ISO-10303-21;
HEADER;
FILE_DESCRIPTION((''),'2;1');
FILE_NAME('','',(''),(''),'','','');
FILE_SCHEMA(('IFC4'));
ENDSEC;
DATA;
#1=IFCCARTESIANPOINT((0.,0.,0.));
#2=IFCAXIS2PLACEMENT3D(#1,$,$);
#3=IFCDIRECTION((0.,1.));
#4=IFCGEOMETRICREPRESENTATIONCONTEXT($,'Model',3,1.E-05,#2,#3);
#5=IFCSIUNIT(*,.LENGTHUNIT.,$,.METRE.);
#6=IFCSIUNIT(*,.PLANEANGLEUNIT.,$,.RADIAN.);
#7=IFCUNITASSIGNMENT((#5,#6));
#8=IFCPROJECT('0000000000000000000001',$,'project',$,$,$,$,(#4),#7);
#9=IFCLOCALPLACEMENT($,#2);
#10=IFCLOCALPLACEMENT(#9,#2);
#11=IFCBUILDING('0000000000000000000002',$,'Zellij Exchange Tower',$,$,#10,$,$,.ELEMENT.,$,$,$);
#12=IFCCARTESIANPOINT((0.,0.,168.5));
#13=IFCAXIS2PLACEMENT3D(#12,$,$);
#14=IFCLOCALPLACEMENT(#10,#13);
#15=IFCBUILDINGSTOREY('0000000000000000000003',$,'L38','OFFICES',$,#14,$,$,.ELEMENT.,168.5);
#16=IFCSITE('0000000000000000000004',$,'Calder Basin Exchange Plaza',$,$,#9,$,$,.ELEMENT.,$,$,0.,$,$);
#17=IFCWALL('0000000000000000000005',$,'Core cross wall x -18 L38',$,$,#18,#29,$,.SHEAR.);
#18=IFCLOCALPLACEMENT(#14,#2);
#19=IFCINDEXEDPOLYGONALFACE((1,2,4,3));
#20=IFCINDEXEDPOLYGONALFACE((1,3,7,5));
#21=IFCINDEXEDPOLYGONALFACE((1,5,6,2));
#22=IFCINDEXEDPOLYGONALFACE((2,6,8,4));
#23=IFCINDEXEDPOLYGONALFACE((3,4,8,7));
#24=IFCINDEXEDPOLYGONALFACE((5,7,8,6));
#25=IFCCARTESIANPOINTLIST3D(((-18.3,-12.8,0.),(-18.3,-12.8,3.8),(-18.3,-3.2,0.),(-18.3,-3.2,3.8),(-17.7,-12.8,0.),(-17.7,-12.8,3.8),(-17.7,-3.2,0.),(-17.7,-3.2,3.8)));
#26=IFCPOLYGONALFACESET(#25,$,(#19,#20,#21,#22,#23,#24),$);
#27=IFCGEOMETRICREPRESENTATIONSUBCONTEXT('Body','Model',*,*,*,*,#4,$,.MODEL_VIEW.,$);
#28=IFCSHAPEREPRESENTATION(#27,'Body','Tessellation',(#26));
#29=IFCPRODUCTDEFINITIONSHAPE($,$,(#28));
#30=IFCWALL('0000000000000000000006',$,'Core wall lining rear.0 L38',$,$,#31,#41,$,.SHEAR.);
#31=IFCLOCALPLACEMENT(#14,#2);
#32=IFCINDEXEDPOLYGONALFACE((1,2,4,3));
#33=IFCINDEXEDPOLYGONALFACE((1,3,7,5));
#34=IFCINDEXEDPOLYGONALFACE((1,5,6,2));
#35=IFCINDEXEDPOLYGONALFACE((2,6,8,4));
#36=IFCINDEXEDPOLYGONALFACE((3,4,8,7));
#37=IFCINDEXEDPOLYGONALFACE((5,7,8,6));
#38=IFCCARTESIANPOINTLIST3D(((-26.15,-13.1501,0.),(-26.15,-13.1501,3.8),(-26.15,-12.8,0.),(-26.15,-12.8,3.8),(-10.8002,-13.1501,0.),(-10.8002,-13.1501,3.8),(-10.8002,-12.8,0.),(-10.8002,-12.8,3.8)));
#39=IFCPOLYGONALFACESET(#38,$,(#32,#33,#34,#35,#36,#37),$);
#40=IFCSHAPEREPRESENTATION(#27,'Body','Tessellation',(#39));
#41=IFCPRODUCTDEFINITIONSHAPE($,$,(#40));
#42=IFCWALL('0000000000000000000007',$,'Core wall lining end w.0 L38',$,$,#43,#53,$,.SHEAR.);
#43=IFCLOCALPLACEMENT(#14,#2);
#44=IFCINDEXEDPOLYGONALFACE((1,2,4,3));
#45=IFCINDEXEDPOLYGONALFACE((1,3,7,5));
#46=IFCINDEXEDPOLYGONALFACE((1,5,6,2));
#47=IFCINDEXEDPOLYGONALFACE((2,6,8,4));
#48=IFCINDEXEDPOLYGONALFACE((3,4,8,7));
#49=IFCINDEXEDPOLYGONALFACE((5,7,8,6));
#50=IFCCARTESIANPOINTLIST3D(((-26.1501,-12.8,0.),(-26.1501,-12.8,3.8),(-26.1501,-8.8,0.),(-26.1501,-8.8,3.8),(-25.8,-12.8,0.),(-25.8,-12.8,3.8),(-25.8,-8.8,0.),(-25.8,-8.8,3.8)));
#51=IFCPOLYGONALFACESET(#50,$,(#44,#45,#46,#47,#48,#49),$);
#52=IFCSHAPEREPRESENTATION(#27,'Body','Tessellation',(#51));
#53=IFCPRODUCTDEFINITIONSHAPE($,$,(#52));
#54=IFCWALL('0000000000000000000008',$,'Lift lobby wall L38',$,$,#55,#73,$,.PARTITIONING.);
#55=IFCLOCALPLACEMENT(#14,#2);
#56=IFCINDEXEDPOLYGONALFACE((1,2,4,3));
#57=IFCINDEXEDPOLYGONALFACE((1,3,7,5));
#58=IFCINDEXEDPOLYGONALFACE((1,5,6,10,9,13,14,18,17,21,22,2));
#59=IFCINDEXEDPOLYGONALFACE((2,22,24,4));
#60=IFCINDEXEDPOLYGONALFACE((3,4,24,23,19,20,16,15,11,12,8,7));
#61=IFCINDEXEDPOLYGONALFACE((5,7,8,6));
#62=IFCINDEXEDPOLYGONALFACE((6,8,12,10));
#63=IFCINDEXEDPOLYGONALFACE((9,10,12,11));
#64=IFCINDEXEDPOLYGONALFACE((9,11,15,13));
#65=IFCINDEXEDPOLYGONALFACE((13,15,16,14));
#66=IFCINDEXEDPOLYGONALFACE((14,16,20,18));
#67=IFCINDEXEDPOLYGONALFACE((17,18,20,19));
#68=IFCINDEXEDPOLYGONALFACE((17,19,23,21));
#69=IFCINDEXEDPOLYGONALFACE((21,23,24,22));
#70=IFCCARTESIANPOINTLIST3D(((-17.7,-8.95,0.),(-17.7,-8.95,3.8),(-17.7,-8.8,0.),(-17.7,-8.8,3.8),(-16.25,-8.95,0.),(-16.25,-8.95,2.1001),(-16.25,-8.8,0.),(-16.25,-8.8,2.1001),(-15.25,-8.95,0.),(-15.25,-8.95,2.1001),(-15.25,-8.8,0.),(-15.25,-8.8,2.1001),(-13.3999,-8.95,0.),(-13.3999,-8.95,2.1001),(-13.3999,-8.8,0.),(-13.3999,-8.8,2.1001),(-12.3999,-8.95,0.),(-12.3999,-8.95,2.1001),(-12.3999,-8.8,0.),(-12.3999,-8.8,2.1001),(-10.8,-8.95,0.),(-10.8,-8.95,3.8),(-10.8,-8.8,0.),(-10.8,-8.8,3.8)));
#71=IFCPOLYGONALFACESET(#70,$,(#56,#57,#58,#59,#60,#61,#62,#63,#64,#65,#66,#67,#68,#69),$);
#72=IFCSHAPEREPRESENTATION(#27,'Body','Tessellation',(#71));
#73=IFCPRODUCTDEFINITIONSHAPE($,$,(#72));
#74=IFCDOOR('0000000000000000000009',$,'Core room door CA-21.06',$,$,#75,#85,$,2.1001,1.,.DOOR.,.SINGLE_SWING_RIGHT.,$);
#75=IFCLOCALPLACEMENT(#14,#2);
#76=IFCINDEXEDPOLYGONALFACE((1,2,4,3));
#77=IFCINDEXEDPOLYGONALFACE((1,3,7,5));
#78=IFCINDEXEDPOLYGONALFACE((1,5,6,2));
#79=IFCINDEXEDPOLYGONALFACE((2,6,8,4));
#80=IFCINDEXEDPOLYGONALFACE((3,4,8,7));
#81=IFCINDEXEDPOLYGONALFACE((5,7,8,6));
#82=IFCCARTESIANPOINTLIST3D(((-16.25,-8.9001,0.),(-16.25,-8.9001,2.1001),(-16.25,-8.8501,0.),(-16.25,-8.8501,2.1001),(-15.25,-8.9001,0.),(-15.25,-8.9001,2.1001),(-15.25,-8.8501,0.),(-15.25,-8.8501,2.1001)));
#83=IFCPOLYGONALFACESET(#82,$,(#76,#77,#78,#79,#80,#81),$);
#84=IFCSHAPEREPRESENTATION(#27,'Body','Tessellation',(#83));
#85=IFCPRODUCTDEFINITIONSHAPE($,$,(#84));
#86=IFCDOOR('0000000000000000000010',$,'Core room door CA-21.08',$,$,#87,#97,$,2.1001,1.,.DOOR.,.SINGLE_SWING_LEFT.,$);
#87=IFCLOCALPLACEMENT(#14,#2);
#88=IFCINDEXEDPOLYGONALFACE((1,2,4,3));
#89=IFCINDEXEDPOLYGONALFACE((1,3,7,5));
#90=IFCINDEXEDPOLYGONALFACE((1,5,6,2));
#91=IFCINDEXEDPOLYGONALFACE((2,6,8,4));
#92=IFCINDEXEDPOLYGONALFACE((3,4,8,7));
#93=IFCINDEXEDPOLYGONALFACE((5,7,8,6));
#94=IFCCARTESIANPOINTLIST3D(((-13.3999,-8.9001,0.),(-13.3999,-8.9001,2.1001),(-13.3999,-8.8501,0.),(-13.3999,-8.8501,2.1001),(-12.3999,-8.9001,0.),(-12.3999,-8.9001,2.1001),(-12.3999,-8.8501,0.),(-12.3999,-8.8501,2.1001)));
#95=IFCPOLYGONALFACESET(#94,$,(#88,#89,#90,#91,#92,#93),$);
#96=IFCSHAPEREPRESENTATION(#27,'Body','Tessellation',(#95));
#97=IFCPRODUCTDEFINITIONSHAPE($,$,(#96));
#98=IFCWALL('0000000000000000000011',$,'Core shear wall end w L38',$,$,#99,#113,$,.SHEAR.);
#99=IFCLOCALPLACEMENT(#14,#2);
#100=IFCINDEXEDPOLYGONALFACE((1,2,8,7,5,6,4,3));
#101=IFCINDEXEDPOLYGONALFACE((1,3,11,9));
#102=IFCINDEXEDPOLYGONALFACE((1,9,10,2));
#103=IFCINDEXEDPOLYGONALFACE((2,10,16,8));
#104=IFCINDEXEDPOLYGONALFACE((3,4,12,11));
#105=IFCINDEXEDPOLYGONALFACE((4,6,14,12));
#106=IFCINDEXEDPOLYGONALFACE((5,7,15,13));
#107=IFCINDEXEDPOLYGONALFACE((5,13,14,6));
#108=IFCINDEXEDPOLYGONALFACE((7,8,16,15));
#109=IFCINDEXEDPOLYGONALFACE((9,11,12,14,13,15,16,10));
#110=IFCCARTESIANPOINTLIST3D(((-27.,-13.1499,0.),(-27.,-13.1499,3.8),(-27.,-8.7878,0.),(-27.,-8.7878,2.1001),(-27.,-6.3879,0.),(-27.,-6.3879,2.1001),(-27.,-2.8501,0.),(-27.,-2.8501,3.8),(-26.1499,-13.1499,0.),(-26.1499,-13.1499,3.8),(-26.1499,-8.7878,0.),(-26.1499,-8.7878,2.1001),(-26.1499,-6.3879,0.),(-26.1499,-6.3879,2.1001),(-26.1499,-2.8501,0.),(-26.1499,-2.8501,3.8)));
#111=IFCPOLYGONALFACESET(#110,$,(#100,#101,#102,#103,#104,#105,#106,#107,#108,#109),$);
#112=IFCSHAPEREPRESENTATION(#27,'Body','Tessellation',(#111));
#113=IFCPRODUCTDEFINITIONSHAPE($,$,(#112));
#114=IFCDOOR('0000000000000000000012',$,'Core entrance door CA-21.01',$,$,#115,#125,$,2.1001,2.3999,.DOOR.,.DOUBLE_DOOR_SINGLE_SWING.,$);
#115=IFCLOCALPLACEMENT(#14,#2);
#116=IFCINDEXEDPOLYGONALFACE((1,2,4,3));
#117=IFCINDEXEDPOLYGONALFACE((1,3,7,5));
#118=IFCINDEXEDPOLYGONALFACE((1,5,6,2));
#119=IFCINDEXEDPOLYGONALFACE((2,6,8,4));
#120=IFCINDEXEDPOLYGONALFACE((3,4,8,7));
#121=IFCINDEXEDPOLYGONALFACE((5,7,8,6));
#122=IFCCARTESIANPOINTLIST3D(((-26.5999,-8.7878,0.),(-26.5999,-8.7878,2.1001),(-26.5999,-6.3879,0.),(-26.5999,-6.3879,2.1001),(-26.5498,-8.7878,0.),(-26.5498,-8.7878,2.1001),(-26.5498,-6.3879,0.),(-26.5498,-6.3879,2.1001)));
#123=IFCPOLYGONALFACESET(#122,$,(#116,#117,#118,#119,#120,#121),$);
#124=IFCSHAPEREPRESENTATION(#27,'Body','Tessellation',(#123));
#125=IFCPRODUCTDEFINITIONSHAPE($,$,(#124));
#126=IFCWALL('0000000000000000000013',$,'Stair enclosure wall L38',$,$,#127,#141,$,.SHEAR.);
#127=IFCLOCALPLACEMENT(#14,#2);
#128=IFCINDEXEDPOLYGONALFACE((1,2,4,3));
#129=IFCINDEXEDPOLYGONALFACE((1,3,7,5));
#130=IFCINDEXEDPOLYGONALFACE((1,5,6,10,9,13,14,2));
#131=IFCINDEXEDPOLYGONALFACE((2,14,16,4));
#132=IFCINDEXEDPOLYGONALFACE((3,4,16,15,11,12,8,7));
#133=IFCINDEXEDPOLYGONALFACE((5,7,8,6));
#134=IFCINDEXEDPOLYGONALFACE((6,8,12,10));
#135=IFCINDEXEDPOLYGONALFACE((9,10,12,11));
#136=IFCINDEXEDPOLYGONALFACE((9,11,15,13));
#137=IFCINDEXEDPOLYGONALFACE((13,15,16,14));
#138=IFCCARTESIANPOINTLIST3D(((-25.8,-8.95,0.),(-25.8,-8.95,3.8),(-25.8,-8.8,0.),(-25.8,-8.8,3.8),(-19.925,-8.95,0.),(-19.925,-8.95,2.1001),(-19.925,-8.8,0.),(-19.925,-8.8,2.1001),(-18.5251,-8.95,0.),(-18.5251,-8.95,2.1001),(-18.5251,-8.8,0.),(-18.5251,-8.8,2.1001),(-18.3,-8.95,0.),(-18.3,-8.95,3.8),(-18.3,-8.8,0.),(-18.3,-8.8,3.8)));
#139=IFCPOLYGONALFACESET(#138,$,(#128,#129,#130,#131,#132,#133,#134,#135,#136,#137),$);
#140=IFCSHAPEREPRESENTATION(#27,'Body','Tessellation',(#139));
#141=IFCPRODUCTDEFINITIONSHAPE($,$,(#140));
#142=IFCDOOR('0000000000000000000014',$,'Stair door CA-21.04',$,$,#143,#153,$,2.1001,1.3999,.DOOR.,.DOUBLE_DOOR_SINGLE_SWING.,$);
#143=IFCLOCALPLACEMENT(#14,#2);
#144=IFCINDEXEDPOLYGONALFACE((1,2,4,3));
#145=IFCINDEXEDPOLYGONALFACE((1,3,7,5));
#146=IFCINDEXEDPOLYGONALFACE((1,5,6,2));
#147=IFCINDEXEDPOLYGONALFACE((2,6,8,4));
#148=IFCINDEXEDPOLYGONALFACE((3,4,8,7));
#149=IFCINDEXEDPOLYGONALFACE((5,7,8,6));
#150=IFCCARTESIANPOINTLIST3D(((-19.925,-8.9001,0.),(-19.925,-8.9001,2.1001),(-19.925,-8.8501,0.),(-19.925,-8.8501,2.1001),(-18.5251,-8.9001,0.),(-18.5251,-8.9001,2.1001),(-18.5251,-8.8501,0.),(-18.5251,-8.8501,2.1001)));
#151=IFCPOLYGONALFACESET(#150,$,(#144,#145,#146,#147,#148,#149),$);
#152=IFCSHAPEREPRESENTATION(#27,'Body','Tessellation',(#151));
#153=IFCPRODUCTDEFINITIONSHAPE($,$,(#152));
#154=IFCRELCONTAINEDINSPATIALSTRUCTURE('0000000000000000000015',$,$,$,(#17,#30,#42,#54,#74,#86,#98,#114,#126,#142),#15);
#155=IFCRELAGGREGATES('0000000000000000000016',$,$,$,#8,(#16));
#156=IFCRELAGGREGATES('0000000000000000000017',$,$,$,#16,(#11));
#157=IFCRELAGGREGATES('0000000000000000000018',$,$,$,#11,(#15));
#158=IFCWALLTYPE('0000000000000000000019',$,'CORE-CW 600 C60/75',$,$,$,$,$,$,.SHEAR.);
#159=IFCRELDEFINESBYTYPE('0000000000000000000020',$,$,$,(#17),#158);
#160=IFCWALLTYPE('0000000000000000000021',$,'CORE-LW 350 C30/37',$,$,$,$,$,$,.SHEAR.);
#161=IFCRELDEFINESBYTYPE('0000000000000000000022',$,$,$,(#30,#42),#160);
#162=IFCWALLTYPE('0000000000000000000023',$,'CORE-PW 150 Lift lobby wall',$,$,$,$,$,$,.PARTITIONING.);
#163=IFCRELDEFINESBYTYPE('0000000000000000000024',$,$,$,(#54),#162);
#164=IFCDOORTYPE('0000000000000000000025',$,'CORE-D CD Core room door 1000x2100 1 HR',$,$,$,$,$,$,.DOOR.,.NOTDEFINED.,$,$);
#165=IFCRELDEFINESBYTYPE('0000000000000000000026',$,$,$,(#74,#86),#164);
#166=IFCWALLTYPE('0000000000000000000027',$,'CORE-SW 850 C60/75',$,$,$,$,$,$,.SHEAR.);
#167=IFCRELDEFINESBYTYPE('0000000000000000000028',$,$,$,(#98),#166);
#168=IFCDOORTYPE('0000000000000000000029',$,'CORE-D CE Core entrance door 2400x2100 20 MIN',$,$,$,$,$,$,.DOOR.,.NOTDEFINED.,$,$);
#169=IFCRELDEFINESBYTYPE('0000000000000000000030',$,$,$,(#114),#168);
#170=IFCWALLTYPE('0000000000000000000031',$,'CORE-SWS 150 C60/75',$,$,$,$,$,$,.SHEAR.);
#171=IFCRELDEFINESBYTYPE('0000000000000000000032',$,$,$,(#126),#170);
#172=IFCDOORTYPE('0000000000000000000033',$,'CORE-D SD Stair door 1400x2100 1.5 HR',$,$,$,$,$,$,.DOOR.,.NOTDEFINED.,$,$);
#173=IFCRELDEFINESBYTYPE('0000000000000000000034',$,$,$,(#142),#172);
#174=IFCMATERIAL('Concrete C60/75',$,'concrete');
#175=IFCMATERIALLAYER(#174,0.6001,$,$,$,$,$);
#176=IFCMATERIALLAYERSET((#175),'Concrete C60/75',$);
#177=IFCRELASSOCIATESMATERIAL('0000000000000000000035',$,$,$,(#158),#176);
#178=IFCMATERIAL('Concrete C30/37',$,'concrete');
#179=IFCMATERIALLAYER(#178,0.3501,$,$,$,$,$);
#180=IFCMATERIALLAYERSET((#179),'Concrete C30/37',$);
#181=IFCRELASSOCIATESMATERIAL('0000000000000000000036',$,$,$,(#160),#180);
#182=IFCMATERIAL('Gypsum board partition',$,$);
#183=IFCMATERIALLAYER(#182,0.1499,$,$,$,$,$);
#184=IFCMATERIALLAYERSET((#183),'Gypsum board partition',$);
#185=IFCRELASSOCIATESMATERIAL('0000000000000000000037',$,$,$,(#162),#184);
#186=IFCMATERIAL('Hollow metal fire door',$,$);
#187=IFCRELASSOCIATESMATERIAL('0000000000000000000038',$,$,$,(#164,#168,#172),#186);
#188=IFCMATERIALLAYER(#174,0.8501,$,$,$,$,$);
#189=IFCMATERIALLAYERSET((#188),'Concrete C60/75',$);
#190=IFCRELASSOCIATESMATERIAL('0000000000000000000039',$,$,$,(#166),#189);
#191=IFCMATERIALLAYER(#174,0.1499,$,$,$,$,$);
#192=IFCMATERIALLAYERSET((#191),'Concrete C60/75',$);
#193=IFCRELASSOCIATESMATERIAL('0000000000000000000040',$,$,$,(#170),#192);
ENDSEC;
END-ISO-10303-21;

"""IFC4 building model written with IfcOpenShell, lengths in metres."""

from ifc_helpers import new_model, si_unit, direction, frame, frame_2d, origin, place, context, subcontext, project, spatial, rectangle, extrude, material, layer, layer_set, type_object, element, fill, save


model = new_model("IFC4")

# Units and contexts
model_context = context("Model", 3, precision=1e-05, world=origin(), true_north=direction((0.0, 1.0)))
body_context = subcontext(model_context, "Body", "Model", "MODEL_VIEW")
ifc_project = project(units=[si_unit("LENGTHUNIT", "METRE"), si_unit("PLANEANGLEUNIT", "RADIAN")], contexts=[model_context])

# Site, building, storey
site_placement = place(None, origin())
site = spatial("IfcSite", under=ifc_project, at=site_placement, Name="Calder Basin Exchange Plaza", CompositionType="ELEMENT", RefElevation=0.0)
building_placement = place(site_placement, origin())
building = spatial("IfcBuilding", under=site, at=building_placement, Name="Zellij Exchange Tower", CompositionType="ELEMENT")
storey_placement = place(building_placement, frame((0.0, 0.0, 168.5)))
storey = spatial("IfcBuildingStorey", under=building, at=storey_placement, Name="L38", Description="OFFICES", CompositionType="ELEMENT", Elevation=168.5)

# Walls
ifc_material_1 = material(Name="Concrete C60/75", Category="concrete")
ifc_layer_1 = layer(ifc_material_1, 0.6001)
ifc_layer_set_1 = layer_set([ifc_layer_1], Name="Concrete C60/75")
wall_type_1 = type_object("IfcWallType", Name="CORE-CW 600 C60/75", PredefinedType="SHEAR", material=ifc_layer_set_1)
wall_1_placement = place(storey_placement, frame((-18.0, -12.8, 0.0), z_axis=(0.0, 0.0, 1.0), x_axis=(0.0, 1.0, 0.0)))
element("IfcWall", 1, at=wall_1_placement, inside=storey, type_object=wall_type_1, Name="Core cross wall x -18 L38", PredefinedType="SHEAR", context=body_context, shape_type="SweptSolid", body=[
    extrude(rectangle(XDim=9.6001, YDim=0.6001, at=frame_2d((4.8, 0.0))), origin(), (0.0, 0.0, 1.0), 3.8),
])
ifc_material_2 = material(Name="Concrete C30/37", Category="concrete")
ifc_layer_2 = layer(ifc_material_2, 0.3501)
ifc_layer_set_2 = layer_set([ifc_layer_2], Name="Concrete C30/37")
wall_type_2 = type_object("IfcWallType", Name="CORE-LW 350 C30/37", PredefinedType="SHEAR", material=ifc_layer_set_2)
wall_2_placement = place(storey_placement, frame((-26.1499, -12.9751, 0.0), z_axis=(0.0, 0.0, 1.0), x_axis=(1.0, 0.0, 0.0)))
element("IfcWall", 2, at=wall_2_placement, inside=storey, type_object=wall_type_2, Name="Core wall lining rear.0 L38", PredefinedType="SHEAR", context=body_context, shape_type="SweptSolid", body=[
    extrude(rectangle(XDim=15.3499, YDim=0.3501, at=frame_2d((7.6748, 0.0))), origin(), (0.0, 0.0, 1.0), 3.8),
])
wall_3_placement = place(storey_placement, frame((-25.9751, -12.8, 0.0), z_axis=(0.0, 0.0, 1.0), x_axis=(0.0, 1.0, 0.0)))
element("IfcWall", 3, at=wall_3_placement, inside=storey, type_object=wall_type_2, Name="Core wall lining end w.0 L38", PredefinedType="SHEAR", context=body_context, shape_type="SweptSolid", body=[
    extrude(rectangle(XDim=4.0, YDim=0.3501, at=frame_2d((2.0, 0.0))), origin(), (0.0, 0.0, 1.0), 3.8),
])

# Wall, openings, doors
ifc_material_3 = material(Name="Gypsum board partition")
ifc_layer_3 = layer(ifc_material_3, 0.1499)
ifc_layer_set_3 = layer_set([ifc_layer_3], Name="Gypsum board partition")
wall_type_3 = type_object("IfcWallType", Name="CORE-PW 150 Lift lobby wall", PredefinedType="PARTITIONING", material=ifc_layer_set_3)
wall_4_placement = place(storey_placement, frame((-17.7, -8.875, 0.0), z_axis=(0.0, 0.0, 1.0), x_axis=(1.0, 0.0, 0.0)))
wall_4 = element("IfcWall", 4, at=wall_4_placement, inside=storey, type_object=wall_type_3, Name="Lift lobby wall L38", PredefinedType="PARTITIONING", context=body_context, shape_type="SweptSolid", body=[
    extrude(rectangle(XDim=6.8999, YDim=0.1499, at=frame_2d((3.45, 0.0))), origin(), (0.0, 0.0, 1.0), 3.8),
])
opening_1_placement = place(wall_4_placement, frame((1.45, 0.0, 0.0)))
opening_1 = element("IfcOpeningElement", 5, at=opening_1_placement, cuts=wall_4, PredefinedType="OPENING", context=body_context, shape_type="SweptSolid", body=[
    extrude(rectangle(XDim=1.0, YDim=2.1001, at=frame_2d((0.5, 1.05))), frame((0.0, 0.0869, 0.0), z_axis=(0.0, -1.0, 0.0), x_axis=(1.0, 0.0, 0.0)), (0.0, 0.0, 1.0), 0.1738),
])
opening_2_placement = place(wall_4_placement, frame((4.3, 0.0, 0.0)))
opening_2 = element("IfcOpeningElement", 6, at=opening_2_placement, cuts=wall_4, PredefinedType="OPENING", context=body_context, shape_type="SweptSolid", body=[
    extrude(rectangle(XDim=1.0, YDim=2.1001, at=frame_2d((0.5, 1.05))), frame((0.0, 0.0869, 0.0), z_axis=(0.0, -1.0, 0.0), x_axis=(1.0, 0.0, 0.0)), (0.0, 0.0, 1.0), 0.1738),
])
ifc_material_4 = material(Name="Hollow metal fire door")
door_type_1 = type_object("IfcDoorType", Name="CORE-D CD Core room door 1000x2100 1 HR", OperationType="NOTDEFINED", PredefinedType="DOOR", material=ifc_material_4)
door_1_placement = place(opening_1_placement, origin())
door_1 = element("IfcDoor", 7, at=door_1_placement, inside=storey, type_object=door_type_1, Name="Core room door CA-21.06", OperationType="SINGLE_SWING_RIGHT", OverallHeight=2.1001, OverallWidth=1.0, PredefinedType="DOOR", context=body_context, shape_type="SweptSolid", body=[
    extrude(rectangle(XDim=1.0, YDim=2.1001, at=frame_2d((0.5, 1.05))), frame((0.0, 0.0249, 0.0), z_axis=(0.0, -1.0, 0.0), x_axis=(1.0, 0.0, 0.0)), (0.0, 0.0, 1.0), 0.05),
])
fill(opening_1, door_1)
door_2_placement = place(opening_2_placement, origin())
door_2 = element("IfcDoor", 8, at=door_2_placement, inside=storey, type_object=door_type_1, Name="Core room door CA-21.08", OperationType="SINGLE_SWING_LEFT", OverallHeight=2.1001, OverallWidth=1.0, PredefinedType="DOOR", context=body_context, shape_type="SweptSolid", body=[
    extrude(rectangle(XDim=1.0, YDim=2.1001, at=frame_2d((0.5, 1.05))), frame((0.0, 0.0249, 0.0), z_axis=(0.0, -1.0, 0.0), x_axis=(1.0, 0.0, 0.0)), (0.0, 0.0, 1.0), 0.05),
])
fill(opening_2, door_2)

# Walls, openings, doors
ifc_layer_4 = layer(ifc_material_1, 0.8501)
ifc_layer_set_4 = layer_set([ifc_layer_4], Name="Concrete C60/75")
wall_type_4 = type_object("IfcWallType", Name="CORE-SW 850 C60/75", PredefinedType="SHEAR", material=ifc_layer_set_4)
wall_5_placement = place(storey_placement, frame((-26.575, -13.1499, 0.0), z_axis=(0.0, 0.0, 1.0), x_axis=(0.0, 1.0, 0.0)))
wall_5 = element("IfcWall", 9, at=wall_5_placement, inside=storey, type_object=wall_type_4, Name="Core shear wall end w L38", PredefinedType="SHEAR", context=body_context, shape_type="SweptSolid", body=[
    extrude(rectangle(XDim=10.2998, YDim=0.8501, at=frame_2d((5.1499, 0.0))), origin(), (0.0, 0.0, 1.0), 3.8),
])
opening_3_placement = place(wall_5_placement, frame((4.3621, 0.0, 0.0)))
opening_3 = element("IfcOpeningElement", 10, at=opening_3_placement, cuts=wall_5, PredefinedType="OPENING", context=body_context, shape_type="SweptSolid", body=[
    extrude(rectangle(XDim=2.3999, YDim=2.1001, at=frame_2d((1.2, 1.05))), frame((0.0, 0.437, 0.0), z_axis=(0.0, -1.0, 0.0), x_axis=(1.0, 0.0, 0.0)), (0.0, 0.0, 1.0), 0.874),
])
door_type_2 = type_object("IfcDoorType", Name="CORE-D CE Core entrance door 2400x2100 20 MIN", OperationType="NOTDEFINED", PredefinedType="DOOR", material=ifc_material_4)
door_3_placement = place(opening_3_placement, origin())
door_3 = element("IfcDoor", 11, at=door_3_placement, inside=storey, type_object=door_type_2, Name="Core entrance door CA-21.01", OperationType="DOUBLE_DOOR_SINGLE_SWING", OverallHeight=2.1001, OverallWidth=2.3999, PredefinedType="DOOR", context=body_context, shape_type="SweptSolid", body=[
    extrude(rectangle(XDim=2.3999, YDim=2.1001, at=frame_2d((1.2, 1.05))), frame((0.0, 0.0249, 0.0), z_axis=(0.0, -1.0, 0.0), x_axis=(1.0, 0.0, 0.0)), (0.0, 0.0, 1.0), 0.05),
])
fill(opening_3, door_3)
ifc_layer_5 = layer(ifc_material_1, 0.1499)
ifc_layer_set_5 = layer_set([ifc_layer_5], Name="Concrete C60/75")
wall_type_5 = type_object("IfcWallType", Name="CORE-SWS 150 C60/75", PredefinedType="SHEAR", material=ifc_layer_set_5)
wall_6_placement = place(storey_placement, frame((-25.8, -8.875, 0.0), z_axis=(0.0, 0.0, 1.0), x_axis=(1.0, 0.0, 0.0)))
wall_6 = element("IfcWall", 12, at=wall_6_placement, inside=storey, type_object=wall_type_5, Name="Stair enclosure wall L38", PredefinedType="SHEAR", context=body_context, shape_type="SweptSolid", body=[
    extrude(rectangle(XDim=7.5, YDim=0.1499, at=frame_2d((3.75, 0.0))), origin(), (0.0, 0.0, 1.0), 3.8),
])
opening_4_placement = place(wall_6_placement, frame((5.875, 0.0, 0.0)))
opening_4 = element("IfcOpeningElement", 13, at=opening_4_placement, cuts=wall_6, PredefinedType="OPENING", context=body_context, shape_type="SweptSolid", body=[
    extrude(rectangle(XDim=1.3999, YDim=2.1001, at=frame_2d((0.7, 1.05))), frame((0.0, 0.0869, 0.0), z_axis=(0.0, -1.0, 0.0), x_axis=(1.0, 0.0, 0.0)), (0.0, 0.0, 1.0), 0.1738),
])
door_type_3 = type_object("IfcDoorType", Name="CORE-D SD Stair door 1400x2100 1.5 HR", OperationType="NOTDEFINED", PredefinedType="DOOR", material=ifc_material_4)
door_4_placement = place(opening_4_placement, origin())
door_4 = element("IfcDoor", 14, at=door_4_placement, inside=storey, type_object=door_type_3, Name="Stair door CA-21.04", OperationType="DOUBLE_DOOR_SINGLE_SWING", OverallHeight=2.1001, OverallWidth=1.3999, PredefinedType="DOOR", context=body_context, shape_type="SweptSolid", body=[
    extrude(rectangle(XDim=1.3999, YDim=2.1001, at=frame_2d((0.7, 1.05))), frame((0.0, 0.0249, 0.0), z_axis=(0.0, -1.0, 0.0), x_axis=(1.0, 0.0, 0.0)), (0.0, 0.0, 1.0), 0.05),
])
fill(opening_4, door_4)

save(model, "model.ifc")
